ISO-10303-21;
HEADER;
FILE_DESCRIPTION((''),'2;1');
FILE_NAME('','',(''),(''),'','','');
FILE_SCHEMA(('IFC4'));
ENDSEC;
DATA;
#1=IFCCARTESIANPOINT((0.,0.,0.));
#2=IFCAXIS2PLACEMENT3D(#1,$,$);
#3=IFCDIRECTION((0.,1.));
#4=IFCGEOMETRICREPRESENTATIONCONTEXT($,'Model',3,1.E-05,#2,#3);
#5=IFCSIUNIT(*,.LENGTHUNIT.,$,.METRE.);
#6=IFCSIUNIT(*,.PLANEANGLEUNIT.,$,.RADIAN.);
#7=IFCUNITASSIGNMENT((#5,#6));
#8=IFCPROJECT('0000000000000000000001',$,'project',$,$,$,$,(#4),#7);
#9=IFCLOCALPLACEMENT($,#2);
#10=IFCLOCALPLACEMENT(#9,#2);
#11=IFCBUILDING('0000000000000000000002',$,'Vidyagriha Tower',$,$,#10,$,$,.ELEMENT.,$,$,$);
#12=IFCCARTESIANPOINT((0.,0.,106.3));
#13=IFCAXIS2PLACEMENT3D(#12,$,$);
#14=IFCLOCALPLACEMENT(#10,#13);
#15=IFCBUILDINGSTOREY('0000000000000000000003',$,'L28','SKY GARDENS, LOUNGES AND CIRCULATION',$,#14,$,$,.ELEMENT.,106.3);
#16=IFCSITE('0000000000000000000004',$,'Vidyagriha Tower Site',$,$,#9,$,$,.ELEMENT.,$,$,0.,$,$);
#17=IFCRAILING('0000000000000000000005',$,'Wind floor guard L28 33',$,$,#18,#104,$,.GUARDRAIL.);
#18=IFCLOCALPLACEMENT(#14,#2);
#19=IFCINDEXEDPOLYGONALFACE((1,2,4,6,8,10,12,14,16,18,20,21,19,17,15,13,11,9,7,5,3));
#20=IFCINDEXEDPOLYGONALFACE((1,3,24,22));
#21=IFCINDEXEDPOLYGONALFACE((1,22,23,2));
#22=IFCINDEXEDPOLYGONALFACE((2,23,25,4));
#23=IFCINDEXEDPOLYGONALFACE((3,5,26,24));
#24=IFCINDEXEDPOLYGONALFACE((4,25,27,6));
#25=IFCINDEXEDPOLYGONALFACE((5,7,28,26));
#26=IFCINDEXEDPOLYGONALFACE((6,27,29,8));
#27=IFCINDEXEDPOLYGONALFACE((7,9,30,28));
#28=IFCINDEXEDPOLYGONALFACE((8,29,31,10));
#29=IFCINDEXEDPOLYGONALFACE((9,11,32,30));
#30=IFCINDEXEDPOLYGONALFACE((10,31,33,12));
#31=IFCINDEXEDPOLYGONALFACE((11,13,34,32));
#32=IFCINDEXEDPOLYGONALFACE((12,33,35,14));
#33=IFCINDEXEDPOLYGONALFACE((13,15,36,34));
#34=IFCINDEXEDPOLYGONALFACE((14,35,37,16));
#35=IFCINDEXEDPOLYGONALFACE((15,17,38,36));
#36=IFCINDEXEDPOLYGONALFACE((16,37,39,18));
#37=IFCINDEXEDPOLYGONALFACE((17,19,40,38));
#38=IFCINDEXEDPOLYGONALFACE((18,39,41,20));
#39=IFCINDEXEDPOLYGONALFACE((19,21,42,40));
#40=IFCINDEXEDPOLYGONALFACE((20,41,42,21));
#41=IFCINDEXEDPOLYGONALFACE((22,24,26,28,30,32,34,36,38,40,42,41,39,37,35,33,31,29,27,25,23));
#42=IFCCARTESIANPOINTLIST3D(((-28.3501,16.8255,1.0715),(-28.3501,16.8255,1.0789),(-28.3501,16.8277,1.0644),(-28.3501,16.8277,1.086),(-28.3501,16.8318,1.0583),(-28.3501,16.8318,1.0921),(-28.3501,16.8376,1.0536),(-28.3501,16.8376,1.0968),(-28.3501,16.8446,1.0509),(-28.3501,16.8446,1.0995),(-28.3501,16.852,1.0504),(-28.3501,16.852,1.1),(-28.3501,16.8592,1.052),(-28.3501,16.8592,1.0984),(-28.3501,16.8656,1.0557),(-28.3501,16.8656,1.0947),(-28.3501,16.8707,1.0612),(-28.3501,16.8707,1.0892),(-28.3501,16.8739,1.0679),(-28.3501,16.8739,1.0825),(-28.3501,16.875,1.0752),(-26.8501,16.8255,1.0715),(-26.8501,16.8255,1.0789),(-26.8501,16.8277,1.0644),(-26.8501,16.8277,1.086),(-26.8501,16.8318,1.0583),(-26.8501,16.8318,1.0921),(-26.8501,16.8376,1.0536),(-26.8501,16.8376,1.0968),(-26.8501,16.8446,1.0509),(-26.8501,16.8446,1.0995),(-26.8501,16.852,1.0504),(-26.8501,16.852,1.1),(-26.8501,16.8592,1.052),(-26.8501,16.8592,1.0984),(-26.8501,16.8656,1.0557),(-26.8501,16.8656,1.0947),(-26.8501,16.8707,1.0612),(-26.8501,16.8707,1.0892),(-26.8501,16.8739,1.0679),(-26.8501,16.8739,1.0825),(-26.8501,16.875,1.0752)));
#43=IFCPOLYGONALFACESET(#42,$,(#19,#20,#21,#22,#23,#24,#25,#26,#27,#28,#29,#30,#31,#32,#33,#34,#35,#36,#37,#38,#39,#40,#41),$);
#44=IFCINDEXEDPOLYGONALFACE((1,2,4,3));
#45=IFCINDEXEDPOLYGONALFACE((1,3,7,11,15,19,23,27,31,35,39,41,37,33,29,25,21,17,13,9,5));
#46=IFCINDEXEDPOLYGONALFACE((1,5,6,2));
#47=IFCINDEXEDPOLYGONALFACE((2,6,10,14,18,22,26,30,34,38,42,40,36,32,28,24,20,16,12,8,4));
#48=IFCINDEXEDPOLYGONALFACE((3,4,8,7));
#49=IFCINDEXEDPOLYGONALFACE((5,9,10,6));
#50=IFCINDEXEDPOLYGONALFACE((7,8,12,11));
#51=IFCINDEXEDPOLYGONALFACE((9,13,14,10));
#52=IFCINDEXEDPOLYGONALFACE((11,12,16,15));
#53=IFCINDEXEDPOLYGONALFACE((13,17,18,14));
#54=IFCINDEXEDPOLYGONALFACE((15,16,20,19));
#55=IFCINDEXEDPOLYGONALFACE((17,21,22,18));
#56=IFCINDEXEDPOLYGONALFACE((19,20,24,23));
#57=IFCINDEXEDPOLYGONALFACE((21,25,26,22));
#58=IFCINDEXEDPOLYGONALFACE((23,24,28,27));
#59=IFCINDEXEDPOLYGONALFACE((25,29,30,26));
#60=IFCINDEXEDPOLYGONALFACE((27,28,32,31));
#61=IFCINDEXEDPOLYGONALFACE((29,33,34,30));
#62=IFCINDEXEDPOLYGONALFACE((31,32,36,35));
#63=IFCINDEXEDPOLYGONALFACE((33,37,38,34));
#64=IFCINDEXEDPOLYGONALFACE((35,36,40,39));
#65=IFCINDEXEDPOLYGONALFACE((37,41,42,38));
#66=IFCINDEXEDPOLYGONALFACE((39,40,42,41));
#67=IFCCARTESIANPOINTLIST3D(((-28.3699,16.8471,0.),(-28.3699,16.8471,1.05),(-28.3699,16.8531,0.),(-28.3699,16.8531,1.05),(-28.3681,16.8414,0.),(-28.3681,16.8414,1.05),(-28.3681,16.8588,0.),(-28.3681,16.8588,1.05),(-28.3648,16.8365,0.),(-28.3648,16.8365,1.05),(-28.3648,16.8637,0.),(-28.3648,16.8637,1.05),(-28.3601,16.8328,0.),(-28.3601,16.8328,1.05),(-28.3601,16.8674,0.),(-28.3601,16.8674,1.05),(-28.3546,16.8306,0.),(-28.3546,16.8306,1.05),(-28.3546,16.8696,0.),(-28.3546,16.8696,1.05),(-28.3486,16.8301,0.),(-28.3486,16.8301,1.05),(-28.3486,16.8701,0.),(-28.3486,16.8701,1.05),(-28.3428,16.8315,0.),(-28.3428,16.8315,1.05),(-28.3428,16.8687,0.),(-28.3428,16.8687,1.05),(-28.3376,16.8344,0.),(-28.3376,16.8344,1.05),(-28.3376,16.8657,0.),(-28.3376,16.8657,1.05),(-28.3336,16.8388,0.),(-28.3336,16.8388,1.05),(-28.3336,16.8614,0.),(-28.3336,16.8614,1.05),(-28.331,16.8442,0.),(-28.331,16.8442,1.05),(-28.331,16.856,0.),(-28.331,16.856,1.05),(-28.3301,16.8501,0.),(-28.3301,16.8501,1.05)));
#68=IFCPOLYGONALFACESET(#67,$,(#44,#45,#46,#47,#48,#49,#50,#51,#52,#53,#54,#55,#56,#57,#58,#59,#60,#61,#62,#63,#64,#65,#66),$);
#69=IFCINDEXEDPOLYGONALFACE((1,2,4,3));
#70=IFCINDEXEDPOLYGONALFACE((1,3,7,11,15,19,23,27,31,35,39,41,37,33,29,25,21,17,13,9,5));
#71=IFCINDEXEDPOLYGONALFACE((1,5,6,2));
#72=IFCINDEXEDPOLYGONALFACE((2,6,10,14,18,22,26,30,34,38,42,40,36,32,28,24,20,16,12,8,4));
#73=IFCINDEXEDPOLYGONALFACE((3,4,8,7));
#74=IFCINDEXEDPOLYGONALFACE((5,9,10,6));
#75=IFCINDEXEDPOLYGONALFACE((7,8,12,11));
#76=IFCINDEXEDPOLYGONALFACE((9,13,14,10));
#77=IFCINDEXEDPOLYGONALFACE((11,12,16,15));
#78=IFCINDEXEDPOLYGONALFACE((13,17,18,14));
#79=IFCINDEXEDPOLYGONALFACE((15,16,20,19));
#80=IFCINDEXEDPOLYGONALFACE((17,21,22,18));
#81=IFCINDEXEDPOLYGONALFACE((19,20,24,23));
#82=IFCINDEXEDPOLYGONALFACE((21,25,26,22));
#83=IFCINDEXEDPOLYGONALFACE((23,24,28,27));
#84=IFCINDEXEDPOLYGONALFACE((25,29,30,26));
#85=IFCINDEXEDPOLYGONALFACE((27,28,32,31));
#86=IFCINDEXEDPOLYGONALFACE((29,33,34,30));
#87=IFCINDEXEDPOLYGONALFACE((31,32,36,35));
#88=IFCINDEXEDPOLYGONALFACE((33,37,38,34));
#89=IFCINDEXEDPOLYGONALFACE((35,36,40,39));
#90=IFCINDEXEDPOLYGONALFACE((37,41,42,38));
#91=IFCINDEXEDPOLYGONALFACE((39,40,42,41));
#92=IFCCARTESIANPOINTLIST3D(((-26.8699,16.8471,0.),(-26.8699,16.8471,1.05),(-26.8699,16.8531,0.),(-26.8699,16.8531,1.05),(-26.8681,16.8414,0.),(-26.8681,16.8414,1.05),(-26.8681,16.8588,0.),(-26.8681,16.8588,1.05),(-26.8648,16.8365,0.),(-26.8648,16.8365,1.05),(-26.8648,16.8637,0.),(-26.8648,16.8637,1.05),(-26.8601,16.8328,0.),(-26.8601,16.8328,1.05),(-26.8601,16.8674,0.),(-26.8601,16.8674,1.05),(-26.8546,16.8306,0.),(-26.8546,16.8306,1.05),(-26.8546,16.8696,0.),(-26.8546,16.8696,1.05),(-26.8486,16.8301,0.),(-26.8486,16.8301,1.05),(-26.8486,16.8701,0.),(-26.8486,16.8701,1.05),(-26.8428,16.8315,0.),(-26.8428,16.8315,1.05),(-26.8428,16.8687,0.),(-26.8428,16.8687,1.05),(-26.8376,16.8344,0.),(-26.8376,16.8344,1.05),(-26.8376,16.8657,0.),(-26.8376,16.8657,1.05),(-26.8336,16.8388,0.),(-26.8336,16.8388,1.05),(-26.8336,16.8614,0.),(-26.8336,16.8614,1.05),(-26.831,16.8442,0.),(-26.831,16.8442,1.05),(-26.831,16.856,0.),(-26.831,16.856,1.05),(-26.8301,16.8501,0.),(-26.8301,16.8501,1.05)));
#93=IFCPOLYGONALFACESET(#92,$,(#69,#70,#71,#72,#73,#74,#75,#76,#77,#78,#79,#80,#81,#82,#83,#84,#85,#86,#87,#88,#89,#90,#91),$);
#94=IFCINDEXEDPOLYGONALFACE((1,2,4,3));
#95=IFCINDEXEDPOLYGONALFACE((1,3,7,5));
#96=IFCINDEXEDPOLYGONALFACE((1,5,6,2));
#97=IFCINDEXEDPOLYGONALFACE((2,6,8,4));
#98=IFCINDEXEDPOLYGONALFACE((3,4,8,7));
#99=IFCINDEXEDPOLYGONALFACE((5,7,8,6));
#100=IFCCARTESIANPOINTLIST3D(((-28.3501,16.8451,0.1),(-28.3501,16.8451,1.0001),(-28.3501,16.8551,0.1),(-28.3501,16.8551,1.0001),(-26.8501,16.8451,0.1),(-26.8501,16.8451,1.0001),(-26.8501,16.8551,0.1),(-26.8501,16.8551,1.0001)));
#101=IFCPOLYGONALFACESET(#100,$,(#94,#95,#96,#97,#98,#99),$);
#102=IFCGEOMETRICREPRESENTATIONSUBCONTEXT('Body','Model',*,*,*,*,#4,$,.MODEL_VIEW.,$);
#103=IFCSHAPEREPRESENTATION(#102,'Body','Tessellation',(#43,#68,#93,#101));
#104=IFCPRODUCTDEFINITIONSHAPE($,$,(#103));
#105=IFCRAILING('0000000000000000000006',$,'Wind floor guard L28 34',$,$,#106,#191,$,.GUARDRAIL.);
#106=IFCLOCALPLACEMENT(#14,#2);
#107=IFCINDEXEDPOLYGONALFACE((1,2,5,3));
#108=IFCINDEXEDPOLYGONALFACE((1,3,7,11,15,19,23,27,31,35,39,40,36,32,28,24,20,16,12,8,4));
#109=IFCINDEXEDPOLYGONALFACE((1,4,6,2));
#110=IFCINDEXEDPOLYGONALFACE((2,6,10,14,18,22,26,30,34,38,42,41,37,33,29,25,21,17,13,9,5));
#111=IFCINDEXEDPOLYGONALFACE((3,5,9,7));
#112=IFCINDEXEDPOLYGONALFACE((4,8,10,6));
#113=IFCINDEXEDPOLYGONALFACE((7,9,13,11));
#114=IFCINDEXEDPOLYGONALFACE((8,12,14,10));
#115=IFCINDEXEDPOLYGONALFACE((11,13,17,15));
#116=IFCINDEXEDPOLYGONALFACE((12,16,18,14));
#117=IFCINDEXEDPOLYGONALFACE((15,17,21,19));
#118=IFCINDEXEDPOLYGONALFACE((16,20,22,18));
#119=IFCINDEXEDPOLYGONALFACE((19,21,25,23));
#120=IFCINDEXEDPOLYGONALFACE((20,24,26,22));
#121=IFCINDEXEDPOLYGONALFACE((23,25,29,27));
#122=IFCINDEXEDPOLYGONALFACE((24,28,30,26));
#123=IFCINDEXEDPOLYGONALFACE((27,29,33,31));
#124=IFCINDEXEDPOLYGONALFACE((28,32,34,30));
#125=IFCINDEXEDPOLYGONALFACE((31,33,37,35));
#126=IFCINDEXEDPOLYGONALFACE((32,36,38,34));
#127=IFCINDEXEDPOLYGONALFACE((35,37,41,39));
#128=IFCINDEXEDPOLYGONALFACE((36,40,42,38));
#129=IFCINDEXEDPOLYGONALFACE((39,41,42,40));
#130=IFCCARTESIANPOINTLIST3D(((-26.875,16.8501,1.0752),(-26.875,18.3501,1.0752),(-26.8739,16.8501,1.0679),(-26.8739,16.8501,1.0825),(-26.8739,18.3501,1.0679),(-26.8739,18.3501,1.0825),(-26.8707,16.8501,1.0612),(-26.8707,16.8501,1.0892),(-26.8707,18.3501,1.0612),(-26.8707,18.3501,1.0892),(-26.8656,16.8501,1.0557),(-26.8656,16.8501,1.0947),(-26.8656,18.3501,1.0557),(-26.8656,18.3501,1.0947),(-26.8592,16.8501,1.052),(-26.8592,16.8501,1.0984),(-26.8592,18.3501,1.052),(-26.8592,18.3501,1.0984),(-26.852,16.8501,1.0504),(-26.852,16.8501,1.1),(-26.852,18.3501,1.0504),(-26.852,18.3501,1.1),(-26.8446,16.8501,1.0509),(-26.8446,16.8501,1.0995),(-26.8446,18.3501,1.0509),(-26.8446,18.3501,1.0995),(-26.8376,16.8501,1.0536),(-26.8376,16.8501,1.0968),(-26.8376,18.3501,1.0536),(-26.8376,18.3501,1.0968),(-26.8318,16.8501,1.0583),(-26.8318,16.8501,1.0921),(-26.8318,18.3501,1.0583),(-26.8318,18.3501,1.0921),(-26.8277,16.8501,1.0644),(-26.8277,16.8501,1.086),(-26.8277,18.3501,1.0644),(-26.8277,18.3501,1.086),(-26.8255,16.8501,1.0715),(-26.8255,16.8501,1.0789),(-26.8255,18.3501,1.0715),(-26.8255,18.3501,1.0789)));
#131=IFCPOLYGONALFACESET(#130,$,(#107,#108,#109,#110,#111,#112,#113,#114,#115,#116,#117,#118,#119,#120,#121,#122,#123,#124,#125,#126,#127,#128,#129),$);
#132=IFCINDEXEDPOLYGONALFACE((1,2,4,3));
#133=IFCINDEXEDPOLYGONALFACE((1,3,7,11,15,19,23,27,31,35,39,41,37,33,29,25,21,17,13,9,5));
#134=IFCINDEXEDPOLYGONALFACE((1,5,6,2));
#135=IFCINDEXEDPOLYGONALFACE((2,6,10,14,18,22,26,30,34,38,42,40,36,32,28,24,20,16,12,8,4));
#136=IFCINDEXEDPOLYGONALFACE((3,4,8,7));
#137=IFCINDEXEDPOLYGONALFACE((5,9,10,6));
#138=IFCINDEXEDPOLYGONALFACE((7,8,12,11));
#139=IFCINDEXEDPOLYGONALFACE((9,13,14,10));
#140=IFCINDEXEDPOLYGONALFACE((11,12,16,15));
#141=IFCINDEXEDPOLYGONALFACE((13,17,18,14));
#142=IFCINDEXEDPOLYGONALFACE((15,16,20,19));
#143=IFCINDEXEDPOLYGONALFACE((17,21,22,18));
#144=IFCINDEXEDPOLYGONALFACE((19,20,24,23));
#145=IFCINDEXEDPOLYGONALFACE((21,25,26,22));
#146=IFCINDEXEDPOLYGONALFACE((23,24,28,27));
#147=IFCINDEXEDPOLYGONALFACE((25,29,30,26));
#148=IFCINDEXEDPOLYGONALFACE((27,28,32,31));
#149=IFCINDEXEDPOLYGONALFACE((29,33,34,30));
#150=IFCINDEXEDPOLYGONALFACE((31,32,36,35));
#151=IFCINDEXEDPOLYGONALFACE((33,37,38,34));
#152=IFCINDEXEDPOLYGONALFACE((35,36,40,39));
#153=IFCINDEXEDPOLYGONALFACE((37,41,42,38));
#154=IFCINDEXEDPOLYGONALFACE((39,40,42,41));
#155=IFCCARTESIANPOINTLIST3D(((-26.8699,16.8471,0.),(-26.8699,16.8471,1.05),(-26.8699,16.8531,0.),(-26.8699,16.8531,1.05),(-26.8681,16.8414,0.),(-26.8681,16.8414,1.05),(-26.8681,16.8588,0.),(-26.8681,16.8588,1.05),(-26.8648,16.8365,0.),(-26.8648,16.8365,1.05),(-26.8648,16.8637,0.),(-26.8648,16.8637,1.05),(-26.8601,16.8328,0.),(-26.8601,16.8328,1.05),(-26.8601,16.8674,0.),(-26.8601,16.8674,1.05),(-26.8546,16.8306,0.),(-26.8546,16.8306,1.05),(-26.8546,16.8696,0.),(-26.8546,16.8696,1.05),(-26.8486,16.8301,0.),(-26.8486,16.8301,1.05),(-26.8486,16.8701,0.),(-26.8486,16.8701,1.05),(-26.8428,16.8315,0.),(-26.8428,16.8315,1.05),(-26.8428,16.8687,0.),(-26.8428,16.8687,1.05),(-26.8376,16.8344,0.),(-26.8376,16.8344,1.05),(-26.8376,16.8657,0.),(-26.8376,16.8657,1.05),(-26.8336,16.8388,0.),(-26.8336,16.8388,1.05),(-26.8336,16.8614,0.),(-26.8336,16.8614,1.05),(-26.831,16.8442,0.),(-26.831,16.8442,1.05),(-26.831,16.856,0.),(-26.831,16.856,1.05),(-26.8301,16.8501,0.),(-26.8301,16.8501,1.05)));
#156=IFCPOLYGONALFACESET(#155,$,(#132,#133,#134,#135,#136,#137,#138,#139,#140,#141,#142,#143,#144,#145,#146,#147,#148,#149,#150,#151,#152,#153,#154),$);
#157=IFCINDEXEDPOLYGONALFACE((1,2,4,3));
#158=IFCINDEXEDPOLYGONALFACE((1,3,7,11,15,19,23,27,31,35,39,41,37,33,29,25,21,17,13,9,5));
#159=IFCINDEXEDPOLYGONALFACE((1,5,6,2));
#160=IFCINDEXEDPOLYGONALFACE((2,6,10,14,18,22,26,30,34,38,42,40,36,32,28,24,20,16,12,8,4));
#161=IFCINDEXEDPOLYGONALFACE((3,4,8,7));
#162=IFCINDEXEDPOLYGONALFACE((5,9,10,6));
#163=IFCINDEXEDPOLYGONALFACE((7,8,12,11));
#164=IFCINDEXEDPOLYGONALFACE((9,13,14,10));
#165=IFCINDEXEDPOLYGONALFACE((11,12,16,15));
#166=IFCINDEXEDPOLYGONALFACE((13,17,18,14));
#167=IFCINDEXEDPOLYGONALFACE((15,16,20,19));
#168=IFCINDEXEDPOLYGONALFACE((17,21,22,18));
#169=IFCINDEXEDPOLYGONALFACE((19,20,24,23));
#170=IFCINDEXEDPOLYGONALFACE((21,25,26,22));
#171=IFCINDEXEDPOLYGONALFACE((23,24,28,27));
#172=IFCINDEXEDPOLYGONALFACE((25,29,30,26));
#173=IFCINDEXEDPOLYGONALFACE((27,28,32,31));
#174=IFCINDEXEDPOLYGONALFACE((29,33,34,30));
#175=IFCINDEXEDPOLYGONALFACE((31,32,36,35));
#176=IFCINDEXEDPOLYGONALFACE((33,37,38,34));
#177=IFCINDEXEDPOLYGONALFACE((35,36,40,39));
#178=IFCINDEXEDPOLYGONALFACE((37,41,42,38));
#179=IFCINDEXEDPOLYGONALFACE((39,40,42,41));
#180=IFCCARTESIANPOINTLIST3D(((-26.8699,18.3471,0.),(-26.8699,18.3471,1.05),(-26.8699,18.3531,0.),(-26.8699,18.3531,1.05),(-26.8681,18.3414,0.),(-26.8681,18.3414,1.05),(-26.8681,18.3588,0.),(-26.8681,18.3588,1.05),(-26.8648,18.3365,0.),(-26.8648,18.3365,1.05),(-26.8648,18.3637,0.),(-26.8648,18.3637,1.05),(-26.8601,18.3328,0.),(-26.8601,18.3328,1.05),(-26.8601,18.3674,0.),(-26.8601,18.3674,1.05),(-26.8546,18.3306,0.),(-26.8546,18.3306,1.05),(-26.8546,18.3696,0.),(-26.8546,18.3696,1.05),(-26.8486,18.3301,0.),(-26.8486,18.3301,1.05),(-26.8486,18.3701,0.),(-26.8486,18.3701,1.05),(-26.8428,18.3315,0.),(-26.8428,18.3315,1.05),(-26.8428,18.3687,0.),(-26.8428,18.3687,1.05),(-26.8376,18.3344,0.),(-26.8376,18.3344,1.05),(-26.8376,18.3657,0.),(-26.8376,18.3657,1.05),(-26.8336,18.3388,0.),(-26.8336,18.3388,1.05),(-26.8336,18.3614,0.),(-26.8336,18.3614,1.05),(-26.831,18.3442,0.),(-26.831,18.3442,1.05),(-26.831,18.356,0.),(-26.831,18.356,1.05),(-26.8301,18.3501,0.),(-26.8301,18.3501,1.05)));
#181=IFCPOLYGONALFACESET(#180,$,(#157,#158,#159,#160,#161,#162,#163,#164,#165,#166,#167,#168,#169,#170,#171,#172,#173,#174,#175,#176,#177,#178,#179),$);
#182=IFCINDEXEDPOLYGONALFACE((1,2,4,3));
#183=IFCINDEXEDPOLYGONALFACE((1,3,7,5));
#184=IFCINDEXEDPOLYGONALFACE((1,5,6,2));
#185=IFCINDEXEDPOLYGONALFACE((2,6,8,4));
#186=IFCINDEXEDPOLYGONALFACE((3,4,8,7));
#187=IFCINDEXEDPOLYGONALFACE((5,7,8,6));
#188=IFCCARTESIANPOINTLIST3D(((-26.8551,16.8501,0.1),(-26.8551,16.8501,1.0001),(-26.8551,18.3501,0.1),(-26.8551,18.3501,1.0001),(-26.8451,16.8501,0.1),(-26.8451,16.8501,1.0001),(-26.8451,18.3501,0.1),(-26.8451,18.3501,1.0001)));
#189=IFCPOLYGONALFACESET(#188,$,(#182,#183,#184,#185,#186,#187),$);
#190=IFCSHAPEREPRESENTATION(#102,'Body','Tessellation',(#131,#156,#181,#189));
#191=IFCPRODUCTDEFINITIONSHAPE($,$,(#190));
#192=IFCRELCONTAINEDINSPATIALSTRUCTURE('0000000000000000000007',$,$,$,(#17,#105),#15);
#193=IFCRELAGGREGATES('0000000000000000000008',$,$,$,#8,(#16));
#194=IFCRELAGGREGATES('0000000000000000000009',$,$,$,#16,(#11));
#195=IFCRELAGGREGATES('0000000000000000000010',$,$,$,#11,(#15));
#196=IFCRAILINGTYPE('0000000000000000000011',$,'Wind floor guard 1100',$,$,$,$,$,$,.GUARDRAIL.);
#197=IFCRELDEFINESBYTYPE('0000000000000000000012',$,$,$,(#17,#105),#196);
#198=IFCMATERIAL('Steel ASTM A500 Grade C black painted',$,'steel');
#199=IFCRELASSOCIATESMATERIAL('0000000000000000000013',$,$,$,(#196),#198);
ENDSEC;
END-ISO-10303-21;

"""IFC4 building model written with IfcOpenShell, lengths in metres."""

from ifc_helpers import new_model, si_unit, direction, frame, origin, origin_2d, place, context, subcontext, project, spatial, rectangle, circle, extrude, material, type_object, element, save


model = new_model("IFC4")

# Units and contexts
model_context = context("Model", 3, precision=1e-05, world=origin(), true_north=direction((0.0, 1.0)))
body_context = subcontext(model_context, "Body", "Model", "MODEL_VIEW")
ifc_project = project(units=[si_unit("LENGTHUNIT", "METRE"), si_unit("PLANEANGLEUNIT", "RADIAN")], contexts=[model_context])

# Site, building, storey
site_placement = place(None, origin())
site = spatial("IfcSite", under=ifc_project, at=site_placement, Name="Vidyagriha Tower Site", CompositionType="ELEMENT", RefElevation=0.0)
building_placement = place(site_placement, origin())
building = spatial("IfcBuilding", under=site, at=building_placement, Name="Vidyagriha Tower", CompositionType="ELEMENT")
storey_placement = place(building_placement, frame((0.0, 0.0, 106.3)))
storey = spatial("IfcBuildingStorey", under=building, at=storey_placement, Name="L28", Description="SKY GARDENS, LOUNGES AND CIRCULATION", CompositionType="ELEMENT", Elevation=106.3)

# Railings
ifc_material_1 = material(Name="Steel ASTM A500 Grade C black painted", Category="steel")
railing_type_1 = type_object("IfcRailingType", Name="Wind floor guard 1100", PredefinedType="GUARDRAIL", material=ifc_material_1)
railing_1_placement = place(storey_placement, frame((-28.3501, 16.8501, 0.0)))
element("IfcRailing", 1, at=railing_1_placement, inside=storey, type_object=railing_type_1, Name="Wind floor guard L28 33", PredefinedType="GUARDRAIL", context=body_context, shape_type="SweptSolid", body=[
    extrude(circle(Radius=0.0249, at=origin_2d()), frame((0.0, 0.0, 1.0752), z_axis=(1.0, 0.0, 0.0), x_axis=(0.0, 1.0, 0.0)), (0.0, 0.0, 1.0), 1.5),
    extrude(circle(Radius=0.02, at=origin_2d()), origin(), (0.0, 0.0, 1.0), 1.05),
    extrude(circle(Radius=0.02, at=origin_2d()), frame((1.5, 0.0, 0.0)), (0.0, 0.0, 1.0), 1.05),
    extrude(rectangle(XDim=0.01, YDim=0.9001, at=origin_2d()), frame((0.0, 0.0, 0.55), z_axis=(1.0, 0.0, 0.0), x_axis=(0.0, 1.0, 0.0)), (0.0, 0.0, 1.0), 1.5),
])
railing_2_placement = place(storey_placement, frame((-26.8501, 16.8501, 0.0)))
element("IfcRailing", 2, at=railing_2_placement, inside=storey, type_object=railing_type_1, Name="Wind floor guard L28 34", PredefinedType="GUARDRAIL", context=body_context, shape_type="SweptSolid", body=[
    extrude(circle(Radius=0.0249, at=origin_2d()), frame((0.0, 0.0, 1.0752), z_axis=(0.0, 1.0, 0.0), x_axis=(-1.0, 0.0, 0.0)), (0.0, 0.0, 1.0), 1.5),
    extrude(circle(Radius=0.02, at=origin_2d()), origin(), (0.0, 0.0, 1.0), 1.05),
    extrude(circle(Radius=0.02, at=origin_2d()), frame((0.0, 1.5, 0.0)), (0.0, 0.0, 1.0), 1.05),
    extrude(rectangle(XDim=0.01, YDim=0.9001, at=origin_2d()), frame((0.0, 0.0, 0.55), z_axis=(0.0, 1.0, 0.0), x_axis=(-1.0, 0.0, 0.0)), (0.0, 0.0, 1.0), 1.5),
])

save(model, "model.ifc")
